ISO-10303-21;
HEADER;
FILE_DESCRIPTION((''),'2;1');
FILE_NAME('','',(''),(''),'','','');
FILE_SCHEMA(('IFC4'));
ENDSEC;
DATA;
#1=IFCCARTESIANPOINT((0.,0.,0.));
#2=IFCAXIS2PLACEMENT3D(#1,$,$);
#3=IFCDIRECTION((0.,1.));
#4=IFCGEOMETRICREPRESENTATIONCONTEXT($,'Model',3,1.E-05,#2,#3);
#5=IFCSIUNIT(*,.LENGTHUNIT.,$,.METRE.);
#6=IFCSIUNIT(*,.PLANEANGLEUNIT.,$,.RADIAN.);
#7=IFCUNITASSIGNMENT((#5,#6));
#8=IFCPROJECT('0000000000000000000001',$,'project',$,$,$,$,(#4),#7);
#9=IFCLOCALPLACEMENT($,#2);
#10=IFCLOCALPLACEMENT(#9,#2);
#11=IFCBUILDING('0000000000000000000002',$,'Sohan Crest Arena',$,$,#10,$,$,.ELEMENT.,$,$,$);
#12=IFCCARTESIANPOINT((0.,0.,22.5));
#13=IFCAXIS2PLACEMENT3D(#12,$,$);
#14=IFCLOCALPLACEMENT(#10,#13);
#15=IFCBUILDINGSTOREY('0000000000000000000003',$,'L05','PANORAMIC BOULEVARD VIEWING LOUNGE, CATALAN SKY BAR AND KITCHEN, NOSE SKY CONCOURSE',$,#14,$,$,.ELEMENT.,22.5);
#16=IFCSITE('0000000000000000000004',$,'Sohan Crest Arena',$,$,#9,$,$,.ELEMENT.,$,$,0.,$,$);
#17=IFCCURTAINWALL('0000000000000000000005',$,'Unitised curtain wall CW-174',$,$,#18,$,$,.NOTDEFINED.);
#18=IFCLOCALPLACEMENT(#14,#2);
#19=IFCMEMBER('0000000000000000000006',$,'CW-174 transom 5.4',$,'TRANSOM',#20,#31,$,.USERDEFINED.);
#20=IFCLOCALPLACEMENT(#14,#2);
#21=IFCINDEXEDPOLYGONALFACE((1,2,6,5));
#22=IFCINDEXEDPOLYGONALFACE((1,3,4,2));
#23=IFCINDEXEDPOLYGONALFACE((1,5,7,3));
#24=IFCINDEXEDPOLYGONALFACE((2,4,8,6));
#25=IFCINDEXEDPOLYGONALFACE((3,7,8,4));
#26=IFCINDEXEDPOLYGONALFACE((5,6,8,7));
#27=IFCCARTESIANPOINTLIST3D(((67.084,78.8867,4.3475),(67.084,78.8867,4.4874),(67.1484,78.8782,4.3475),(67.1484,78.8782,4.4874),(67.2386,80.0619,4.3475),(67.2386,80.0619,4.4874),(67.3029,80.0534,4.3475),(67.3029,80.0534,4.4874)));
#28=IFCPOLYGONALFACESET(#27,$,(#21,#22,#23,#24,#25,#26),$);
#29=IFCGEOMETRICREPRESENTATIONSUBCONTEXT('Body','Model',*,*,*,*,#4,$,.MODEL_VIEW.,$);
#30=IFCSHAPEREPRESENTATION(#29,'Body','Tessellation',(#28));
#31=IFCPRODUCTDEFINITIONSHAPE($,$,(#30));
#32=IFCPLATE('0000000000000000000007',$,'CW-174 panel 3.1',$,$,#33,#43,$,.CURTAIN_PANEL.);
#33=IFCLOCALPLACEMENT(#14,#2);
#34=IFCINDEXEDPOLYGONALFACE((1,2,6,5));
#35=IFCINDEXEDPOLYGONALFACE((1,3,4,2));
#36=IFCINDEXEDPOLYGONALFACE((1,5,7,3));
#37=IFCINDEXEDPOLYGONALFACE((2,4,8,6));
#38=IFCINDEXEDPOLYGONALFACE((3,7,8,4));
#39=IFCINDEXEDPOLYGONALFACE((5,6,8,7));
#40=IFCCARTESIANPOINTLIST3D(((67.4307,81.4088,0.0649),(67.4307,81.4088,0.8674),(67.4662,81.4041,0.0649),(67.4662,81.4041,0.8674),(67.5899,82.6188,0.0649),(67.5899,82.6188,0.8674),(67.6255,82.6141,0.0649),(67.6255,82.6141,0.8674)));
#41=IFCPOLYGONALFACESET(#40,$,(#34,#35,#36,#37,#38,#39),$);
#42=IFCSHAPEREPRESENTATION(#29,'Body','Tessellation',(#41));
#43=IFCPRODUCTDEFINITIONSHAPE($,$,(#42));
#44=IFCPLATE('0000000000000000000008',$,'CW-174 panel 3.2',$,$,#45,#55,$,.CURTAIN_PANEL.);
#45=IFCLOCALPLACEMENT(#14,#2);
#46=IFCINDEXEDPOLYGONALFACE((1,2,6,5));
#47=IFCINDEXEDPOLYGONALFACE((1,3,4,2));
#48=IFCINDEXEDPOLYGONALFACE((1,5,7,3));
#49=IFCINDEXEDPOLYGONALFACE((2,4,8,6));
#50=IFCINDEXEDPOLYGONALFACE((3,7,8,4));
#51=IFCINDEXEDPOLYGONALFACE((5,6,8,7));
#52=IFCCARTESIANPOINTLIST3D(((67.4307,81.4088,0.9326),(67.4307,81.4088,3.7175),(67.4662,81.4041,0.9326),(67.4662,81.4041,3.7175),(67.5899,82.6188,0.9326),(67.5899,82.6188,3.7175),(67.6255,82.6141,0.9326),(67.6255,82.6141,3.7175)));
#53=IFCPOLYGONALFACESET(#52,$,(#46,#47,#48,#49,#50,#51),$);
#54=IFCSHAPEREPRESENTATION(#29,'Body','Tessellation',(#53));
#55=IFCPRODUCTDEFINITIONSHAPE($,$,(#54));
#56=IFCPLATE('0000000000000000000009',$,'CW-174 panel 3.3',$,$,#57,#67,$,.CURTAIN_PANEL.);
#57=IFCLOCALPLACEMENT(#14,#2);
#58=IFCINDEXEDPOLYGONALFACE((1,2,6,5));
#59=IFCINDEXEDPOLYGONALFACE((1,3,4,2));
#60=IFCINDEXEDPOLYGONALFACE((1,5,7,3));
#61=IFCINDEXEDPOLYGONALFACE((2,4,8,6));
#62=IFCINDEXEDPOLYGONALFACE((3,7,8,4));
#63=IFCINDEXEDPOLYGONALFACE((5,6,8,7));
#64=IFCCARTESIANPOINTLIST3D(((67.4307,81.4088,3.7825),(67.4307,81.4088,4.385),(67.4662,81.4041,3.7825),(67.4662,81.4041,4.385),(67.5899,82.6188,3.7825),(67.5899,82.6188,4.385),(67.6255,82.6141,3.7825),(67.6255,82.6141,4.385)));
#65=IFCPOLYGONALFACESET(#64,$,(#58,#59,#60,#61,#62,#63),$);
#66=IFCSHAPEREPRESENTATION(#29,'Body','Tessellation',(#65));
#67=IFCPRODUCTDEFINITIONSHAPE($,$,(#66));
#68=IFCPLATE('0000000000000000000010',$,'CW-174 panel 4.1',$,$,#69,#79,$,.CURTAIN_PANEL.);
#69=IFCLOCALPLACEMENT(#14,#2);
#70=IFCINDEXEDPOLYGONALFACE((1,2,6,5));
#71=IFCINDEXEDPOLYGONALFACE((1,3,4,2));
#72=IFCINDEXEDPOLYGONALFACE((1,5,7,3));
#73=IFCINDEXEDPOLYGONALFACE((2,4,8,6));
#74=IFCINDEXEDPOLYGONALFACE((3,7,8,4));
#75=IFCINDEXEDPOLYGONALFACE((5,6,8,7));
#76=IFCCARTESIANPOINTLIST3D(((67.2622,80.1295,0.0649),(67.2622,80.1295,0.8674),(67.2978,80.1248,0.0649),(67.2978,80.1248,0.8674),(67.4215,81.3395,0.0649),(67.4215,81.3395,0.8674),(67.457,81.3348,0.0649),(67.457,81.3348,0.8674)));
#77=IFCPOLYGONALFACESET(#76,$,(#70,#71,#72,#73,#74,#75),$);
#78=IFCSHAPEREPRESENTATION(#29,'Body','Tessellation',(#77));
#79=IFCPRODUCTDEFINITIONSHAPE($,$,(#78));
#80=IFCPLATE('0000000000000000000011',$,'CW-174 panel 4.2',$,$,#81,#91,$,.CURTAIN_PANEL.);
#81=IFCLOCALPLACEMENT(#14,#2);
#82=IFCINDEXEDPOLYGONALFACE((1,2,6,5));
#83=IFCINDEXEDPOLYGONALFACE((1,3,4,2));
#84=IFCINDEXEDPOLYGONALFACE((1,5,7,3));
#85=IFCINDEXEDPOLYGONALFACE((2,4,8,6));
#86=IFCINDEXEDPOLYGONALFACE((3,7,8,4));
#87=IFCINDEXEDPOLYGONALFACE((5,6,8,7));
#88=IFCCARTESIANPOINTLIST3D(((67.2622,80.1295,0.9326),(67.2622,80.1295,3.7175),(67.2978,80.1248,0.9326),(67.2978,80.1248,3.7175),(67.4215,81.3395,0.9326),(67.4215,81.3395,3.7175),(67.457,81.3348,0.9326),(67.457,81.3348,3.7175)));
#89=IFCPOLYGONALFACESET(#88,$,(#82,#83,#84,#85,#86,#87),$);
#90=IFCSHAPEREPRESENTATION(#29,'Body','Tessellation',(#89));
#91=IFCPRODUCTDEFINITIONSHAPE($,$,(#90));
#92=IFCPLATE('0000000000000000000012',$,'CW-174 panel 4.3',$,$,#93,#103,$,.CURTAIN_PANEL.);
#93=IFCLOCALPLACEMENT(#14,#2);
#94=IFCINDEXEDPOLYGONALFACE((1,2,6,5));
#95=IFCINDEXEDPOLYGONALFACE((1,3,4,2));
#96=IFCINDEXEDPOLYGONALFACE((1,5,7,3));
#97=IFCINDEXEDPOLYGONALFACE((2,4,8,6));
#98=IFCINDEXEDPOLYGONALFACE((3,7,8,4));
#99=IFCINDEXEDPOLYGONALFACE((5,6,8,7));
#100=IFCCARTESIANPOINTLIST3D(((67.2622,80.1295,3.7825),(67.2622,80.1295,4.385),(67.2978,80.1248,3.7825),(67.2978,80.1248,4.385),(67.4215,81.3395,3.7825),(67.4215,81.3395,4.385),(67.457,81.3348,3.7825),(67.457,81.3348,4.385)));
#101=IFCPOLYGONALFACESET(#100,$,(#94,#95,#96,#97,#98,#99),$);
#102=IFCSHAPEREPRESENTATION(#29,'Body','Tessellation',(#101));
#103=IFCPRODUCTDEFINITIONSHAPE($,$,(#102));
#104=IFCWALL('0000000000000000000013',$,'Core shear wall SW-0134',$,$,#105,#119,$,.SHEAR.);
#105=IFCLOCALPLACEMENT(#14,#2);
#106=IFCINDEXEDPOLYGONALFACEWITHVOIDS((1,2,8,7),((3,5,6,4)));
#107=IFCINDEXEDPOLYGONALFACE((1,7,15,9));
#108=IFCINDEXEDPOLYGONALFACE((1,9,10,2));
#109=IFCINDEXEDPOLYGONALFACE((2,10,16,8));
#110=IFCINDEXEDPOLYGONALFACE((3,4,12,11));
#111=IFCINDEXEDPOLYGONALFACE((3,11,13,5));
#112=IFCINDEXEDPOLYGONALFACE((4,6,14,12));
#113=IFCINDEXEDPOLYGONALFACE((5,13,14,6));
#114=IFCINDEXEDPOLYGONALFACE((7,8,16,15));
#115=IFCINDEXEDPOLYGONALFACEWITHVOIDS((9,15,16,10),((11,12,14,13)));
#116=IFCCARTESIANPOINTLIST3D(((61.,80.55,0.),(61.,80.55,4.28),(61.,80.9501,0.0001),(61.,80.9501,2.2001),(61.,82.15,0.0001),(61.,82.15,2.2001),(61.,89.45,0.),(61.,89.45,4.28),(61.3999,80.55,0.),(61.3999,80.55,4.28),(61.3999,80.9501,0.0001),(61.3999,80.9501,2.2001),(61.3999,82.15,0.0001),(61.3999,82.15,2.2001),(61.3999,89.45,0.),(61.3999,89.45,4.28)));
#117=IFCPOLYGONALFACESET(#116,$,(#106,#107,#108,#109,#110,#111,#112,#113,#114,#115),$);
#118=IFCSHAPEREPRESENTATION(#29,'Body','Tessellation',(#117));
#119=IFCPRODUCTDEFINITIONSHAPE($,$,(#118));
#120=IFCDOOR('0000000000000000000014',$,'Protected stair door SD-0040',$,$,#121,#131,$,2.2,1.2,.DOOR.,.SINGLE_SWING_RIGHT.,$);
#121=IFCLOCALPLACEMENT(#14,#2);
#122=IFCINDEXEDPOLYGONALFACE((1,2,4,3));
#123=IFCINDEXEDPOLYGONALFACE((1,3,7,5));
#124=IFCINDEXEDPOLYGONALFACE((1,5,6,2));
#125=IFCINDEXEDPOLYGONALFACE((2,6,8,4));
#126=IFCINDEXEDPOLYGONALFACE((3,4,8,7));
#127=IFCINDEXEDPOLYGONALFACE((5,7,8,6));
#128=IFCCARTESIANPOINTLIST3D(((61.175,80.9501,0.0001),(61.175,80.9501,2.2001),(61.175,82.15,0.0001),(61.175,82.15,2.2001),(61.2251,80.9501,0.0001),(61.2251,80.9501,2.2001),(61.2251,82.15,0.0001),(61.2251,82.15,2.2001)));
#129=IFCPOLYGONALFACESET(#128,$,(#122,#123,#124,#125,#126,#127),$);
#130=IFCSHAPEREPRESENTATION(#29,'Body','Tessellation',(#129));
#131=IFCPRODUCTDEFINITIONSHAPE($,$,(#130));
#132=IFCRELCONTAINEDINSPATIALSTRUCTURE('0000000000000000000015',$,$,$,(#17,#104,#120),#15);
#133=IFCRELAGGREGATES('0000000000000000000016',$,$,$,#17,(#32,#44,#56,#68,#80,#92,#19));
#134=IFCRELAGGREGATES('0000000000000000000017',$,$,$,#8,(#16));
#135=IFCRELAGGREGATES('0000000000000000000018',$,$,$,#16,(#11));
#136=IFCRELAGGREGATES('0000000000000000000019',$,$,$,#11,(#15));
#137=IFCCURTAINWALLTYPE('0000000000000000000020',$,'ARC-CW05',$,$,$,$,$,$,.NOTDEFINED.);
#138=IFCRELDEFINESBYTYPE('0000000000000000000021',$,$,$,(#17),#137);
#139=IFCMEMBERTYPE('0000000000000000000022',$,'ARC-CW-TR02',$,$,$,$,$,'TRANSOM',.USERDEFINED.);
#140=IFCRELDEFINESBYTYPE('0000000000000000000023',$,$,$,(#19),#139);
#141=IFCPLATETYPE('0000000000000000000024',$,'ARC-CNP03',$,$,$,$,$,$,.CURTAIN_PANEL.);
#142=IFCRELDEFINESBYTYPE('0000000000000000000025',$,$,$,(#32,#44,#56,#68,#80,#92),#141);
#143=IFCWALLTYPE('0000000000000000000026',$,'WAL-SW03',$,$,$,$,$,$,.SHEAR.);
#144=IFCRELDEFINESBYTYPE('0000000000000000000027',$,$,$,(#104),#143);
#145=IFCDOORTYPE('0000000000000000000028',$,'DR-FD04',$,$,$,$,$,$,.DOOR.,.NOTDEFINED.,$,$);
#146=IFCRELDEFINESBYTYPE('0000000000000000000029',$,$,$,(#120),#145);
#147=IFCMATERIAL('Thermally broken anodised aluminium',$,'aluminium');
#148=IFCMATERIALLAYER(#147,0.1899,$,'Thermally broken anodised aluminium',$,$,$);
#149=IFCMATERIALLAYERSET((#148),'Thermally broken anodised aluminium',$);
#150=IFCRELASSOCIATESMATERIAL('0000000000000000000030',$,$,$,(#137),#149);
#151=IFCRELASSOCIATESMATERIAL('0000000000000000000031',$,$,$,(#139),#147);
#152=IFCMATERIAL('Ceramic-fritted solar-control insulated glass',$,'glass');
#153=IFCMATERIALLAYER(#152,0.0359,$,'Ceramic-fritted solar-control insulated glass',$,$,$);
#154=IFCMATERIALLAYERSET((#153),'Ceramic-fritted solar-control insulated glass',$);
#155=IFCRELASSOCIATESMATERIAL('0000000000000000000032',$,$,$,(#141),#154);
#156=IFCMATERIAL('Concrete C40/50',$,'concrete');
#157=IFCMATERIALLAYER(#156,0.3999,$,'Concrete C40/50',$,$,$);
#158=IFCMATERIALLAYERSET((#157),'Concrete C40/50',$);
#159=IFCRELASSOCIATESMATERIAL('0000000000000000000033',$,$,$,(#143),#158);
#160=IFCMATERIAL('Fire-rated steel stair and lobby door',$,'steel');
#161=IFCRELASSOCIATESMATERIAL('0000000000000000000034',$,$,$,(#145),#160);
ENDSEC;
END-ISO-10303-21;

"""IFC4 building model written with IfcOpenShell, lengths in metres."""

from ifc_helpers import new_model, si_unit, direction, frame, frame_2d, origin, origin_2d, place, context, subcontext, project, spatial, rectangle, extrude, material, layer, layer_set, material_profile, profile_set, type_object, element, fill, aggregate, save


model = new_model("IFC4")

# Units and contexts
model_context = context("Model", 3, precision=1e-05, world=origin(), true_north=direction((0.0, 1.0)))
body_context = subcontext(model_context, "Body", "Model", "MODEL_VIEW")
ifc_project = project(units=[si_unit("LENGTHUNIT", "METRE"), si_unit("PLANEANGLEUNIT", "RADIAN")], contexts=[model_context])

# Site, building, storey
site_placement = place(None, origin())
site = spatial("IfcSite", under=ifc_project, at=site_placement, Name="Sohan Crest Arena", CompositionType="ELEMENT", RefElevation=0.0)
building_placement = place(site_placement, origin())
building = spatial("IfcBuilding", under=site, at=building_placement, Name="Sohan Crest Arena", CompositionType="ELEMENT")
storey_placement = place(building_placement, frame((0.0, 0.0, 22.5)))
storey = spatial("IfcBuildingStorey", under=building, at=storey_placement, Name="L05", Description="PANORAMIC BOULEVARD VIEWING LOUNGE, CATALAN SKY BAR AND KITCHEN, NOSE SKY CONCOURSE", CompositionType="ELEMENT", Elevation=22.5)

# Curtain wall, member, plates
ifc_material_1 = material(Name="Thermally broken anodised aluminium", Category="aluminium")
ifc_layer_1 = layer(ifc_material_1, 0.1899, Name="Thermally broken anodised aluminium")
ifc_layer_set_1 = layer_set([ifc_layer_1], Name="Thermally broken anodised aluminium")
curtain_wall_type = type_object("IfcCurtainWallType", Name="ARC-CW05", PredefinedType="NOTDEFINED", material=ifc_layer_set_1)
curtain_wall_placement = place(storey_placement, origin())
curtain_wall = element("IfcCurtainWall", 1, at=curtain_wall_placement, inside=storey, type_object=curtain_wall_type, Name="Unitised curtain wall CW-174", PredefinedType="NOTDEFINED")
ifc_material_profile_1 = material_profile(ifc_material_1, rectangle(XDim=0.0649, YDim=0.1399, at=origin_2d()), Name="ALU-TRAN 65x140")
ifc_profile_set_1 = profile_set([ifc_material_profile_1], Name="Thermally broken anodised aluminium")
member_type_1 = type_object("IfcMemberType", Name="ARC-CW-TR02", ElementType="TRANSOM", PredefinedType="USERDEFINED", material=ifc_profile_set_1)
member_1_placement = place(storey_placement, frame((67.2708, 80.0576, 4.4175), z_axis=(-0.130369, -0.991466, 0.0), x_axis=(0.991466, -0.130369, 0.0)))
member_1 = element("IfcMember", 2, at=member_1_placement, type_object=member_type_1, Name="CW-174 transom 5.4", ObjectType="TRANSOM", PredefinedType="USERDEFINED", context=body_context, shape_type="SweptSolid", body=[
    extrude(rectangle(XDim=0.0649, YDim=0.1399, at=origin_2d()), origin(), (0.0, 0.0, 1.0), 1.1853),
])
ifc_material_2 = material(Name="Ceramic-fritted solar-control insulated glass", Category="glass")
ifc_layer_2 = layer(ifc_material_2, 0.0359, Name="Ceramic-fritted solar-control insulated glass")
ifc_layer_set_2 = layer_set([ifc_layer_2], Name="Ceramic-fritted solar-control insulated glass")
plate_type = type_object("IfcPlateType", Name="ARC-CNP03", PredefinedType="CURTAIN_PANEL", material=ifc_layer_set_2)
plate_1_placement = place(storey_placement, frame((67.5281, 82.0115, 0.0649), z_axis=(0.0, 0.0, 1.0), x_axis=(-0.130499, -0.991448, 0.0)))
plate_1 = element("IfcPlate", 3, at=plate_1_placement, type_object=plate_type, Name="CW-174 panel 3.1", PredefinedType="CURTAIN_PANEL", context=body_context, shape_type="SweptSolid", body=[
    extrude(rectangle(XDim=1.2205, YDim=0.0359, at=origin_2d()), origin(), (0.0, 0.0, 1.0), 0.8025),
])
plate_2_placement = place(storey_placement, frame((67.5281, 82.0115, 0.9326), z_axis=(0.0, 0.0, 1.0), x_axis=(-0.130499, -0.991448, 0.0)))
plate_2 = element("IfcPlate", 4, at=plate_2_placement, type_object=plate_type, Name="CW-174 panel 3.2", PredefinedType="CURTAIN_PANEL", context=body_context, shape_type="SweptSolid", body=[
    extrude(rectangle(XDim=1.2205, YDim=0.0359, at=origin_2d()), origin(), (0.0, 0.0, 1.0), 2.7849),
])
plate_3_placement = place(storey_placement, frame((67.5281, 82.0115, 3.7825), z_axis=(0.0, 0.0, 1.0), x_axis=(-0.130499, -0.991448, 0.0)))
plate_3 = element("IfcPlate", 5, at=plate_3_placement, type_object=plate_type, Name="CW-174 panel 3.3", PredefinedType="CURTAIN_PANEL", context=body_context, shape_type="SweptSolid", body=[
    extrude(rectangle(XDim=1.2205, YDim=0.0359, at=origin_2d()), origin(), (0.0, 0.0, 1.0), 0.6025),
])
plate_4_placement = place(storey_placement, frame((67.3596, 80.7322, 0.0649), z_axis=(0.0, 0.0, 1.0), x_axis=(-0.130499, -0.991448, 0.0)))
plate_4 = element("IfcPlate", 6, at=plate_4_placement, type_object=plate_type, Name="CW-174 panel 4.1", PredefinedType="CURTAIN_PANEL", context=body_context, shape_type="SweptSolid", body=[
    extrude(rectangle(XDim=1.2205, YDim=0.0359, at=origin_2d()), origin(), (0.0, 0.0, 1.0), 0.8025),
])
plate_5_placement = place(storey_placement, frame((67.3596, 80.7322, 0.9326), z_axis=(0.0, 0.0, 1.0), x_axis=(-0.130499, -0.991448, 0.0)))
plate_5 = element("IfcPlate", 7, at=plate_5_placement, type_object=plate_type, Name="CW-174 panel 4.2", PredefinedType="CURTAIN_PANEL", context=body_context, shape_type="SweptSolid", body=[
    extrude(rectangle(XDim=1.2205, YDim=0.0359, at=origin_2d()), origin(), (0.0, 0.0, 1.0), 2.7849),
])
plate_6_placement = place(storey_placement, frame((67.3596, 80.7322, 3.7825), z_axis=(0.0, 0.0, 1.0), x_axis=(-0.130499, -0.991448, 0.0)))
plate_6 = element("IfcPlate", 8, at=plate_6_placement, type_object=plate_type, Name="CW-174 panel 4.3", PredefinedType="CURTAIN_PANEL", context=body_context, shape_type="SweptSolid", body=[
    extrude(rectangle(XDim=1.2205, YDim=0.0359, at=origin_2d()), origin(), (0.0, 0.0, 1.0), 0.6025),
])
aggregate(curtain_wall, [plate_1, plate_2, plate_3, plate_4, plate_5, plate_6, member_1])

# Wall, opening, door
ifc_material_3 = material(Name="Concrete C40/50", Category="concrete")
ifc_layer_3 = layer(ifc_material_3, 0.3999, Name="Concrete C40/50")
ifc_layer_set_3 = layer_set([ifc_layer_3], Name="Concrete C40/50")
wall_type = type_object("IfcWallType", Name="WAL-SW03", PredefinedType="SHEAR", material=ifc_layer_set_3)
wall_placement = place(storey_placement, frame((61.2, 80.55, 0.0), z_axis=(0.0, 0.0, 1.0), x_axis=(0.0, 1.0, 0.0)))
wall = element("IfcWall", 9, at=wall_placement, inside=storey, type_object=wall_type, Name="Core shear wall SW-0134", PredefinedType="SHEAR", context=body_context, shape_type="SweptSolid", body=[
    extrude(rectangle(XDim=8.8999, YDim=0.3999, at=frame_2d((4.45, 0.0))), origin(), (0.0, 0.0, 1.0), 4.28),
])
opening_placement = place(wall_placement, frame((0.3999, 0.0, 0.0)))
opening = element("IfcOpeningElement", 10, at=opening_placement, cuts=wall, PredefinedType="OPENING", context=body_context, shape_type="SweptSolid", body=[
    extrude(rectangle(XDim=1.2, YDim=2.2, at=frame_2d((0.6001, 1.1001))), frame((0.0, 0.21, 0.0), z_axis=(0.0, -1.0, 0.0), x_axis=(1.0, 0.0, 0.0)), (0.0, 0.0, 1.0), 0.4199),
])
ifc_material_4 = material(Name="Fire-rated steel stair and lobby door", Category="steel")
door_type = type_object("IfcDoorType", Name="DR-FD04", OperationType="NOTDEFINED", PredefinedType="DOOR", material=ifc_material_4)
door_placement = place(opening_placement, origin())
door = element("IfcDoor", 11, at=door_placement, inside=storey, type_object=door_type, Name="Protected stair door SD-0040", OperationType="SINGLE_SWING_RIGHT", OverallHeight=2.2, OverallWidth=1.2, PredefinedType="DOOR", context=body_context, shape_type="SweptSolid", body=[
    extrude(rectangle(XDim=1.2, YDim=2.2, at=frame_2d((0.6001, 1.1001))), frame((0.0, 0.0249, 0.0), z_axis=(0.0, -1.0, 0.0), x_axis=(1.0, 0.0, 0.0)), (0.0, 0.0, 1.0), 0.05),
])
fill(opening, door)

save(model, "model.ifc")
